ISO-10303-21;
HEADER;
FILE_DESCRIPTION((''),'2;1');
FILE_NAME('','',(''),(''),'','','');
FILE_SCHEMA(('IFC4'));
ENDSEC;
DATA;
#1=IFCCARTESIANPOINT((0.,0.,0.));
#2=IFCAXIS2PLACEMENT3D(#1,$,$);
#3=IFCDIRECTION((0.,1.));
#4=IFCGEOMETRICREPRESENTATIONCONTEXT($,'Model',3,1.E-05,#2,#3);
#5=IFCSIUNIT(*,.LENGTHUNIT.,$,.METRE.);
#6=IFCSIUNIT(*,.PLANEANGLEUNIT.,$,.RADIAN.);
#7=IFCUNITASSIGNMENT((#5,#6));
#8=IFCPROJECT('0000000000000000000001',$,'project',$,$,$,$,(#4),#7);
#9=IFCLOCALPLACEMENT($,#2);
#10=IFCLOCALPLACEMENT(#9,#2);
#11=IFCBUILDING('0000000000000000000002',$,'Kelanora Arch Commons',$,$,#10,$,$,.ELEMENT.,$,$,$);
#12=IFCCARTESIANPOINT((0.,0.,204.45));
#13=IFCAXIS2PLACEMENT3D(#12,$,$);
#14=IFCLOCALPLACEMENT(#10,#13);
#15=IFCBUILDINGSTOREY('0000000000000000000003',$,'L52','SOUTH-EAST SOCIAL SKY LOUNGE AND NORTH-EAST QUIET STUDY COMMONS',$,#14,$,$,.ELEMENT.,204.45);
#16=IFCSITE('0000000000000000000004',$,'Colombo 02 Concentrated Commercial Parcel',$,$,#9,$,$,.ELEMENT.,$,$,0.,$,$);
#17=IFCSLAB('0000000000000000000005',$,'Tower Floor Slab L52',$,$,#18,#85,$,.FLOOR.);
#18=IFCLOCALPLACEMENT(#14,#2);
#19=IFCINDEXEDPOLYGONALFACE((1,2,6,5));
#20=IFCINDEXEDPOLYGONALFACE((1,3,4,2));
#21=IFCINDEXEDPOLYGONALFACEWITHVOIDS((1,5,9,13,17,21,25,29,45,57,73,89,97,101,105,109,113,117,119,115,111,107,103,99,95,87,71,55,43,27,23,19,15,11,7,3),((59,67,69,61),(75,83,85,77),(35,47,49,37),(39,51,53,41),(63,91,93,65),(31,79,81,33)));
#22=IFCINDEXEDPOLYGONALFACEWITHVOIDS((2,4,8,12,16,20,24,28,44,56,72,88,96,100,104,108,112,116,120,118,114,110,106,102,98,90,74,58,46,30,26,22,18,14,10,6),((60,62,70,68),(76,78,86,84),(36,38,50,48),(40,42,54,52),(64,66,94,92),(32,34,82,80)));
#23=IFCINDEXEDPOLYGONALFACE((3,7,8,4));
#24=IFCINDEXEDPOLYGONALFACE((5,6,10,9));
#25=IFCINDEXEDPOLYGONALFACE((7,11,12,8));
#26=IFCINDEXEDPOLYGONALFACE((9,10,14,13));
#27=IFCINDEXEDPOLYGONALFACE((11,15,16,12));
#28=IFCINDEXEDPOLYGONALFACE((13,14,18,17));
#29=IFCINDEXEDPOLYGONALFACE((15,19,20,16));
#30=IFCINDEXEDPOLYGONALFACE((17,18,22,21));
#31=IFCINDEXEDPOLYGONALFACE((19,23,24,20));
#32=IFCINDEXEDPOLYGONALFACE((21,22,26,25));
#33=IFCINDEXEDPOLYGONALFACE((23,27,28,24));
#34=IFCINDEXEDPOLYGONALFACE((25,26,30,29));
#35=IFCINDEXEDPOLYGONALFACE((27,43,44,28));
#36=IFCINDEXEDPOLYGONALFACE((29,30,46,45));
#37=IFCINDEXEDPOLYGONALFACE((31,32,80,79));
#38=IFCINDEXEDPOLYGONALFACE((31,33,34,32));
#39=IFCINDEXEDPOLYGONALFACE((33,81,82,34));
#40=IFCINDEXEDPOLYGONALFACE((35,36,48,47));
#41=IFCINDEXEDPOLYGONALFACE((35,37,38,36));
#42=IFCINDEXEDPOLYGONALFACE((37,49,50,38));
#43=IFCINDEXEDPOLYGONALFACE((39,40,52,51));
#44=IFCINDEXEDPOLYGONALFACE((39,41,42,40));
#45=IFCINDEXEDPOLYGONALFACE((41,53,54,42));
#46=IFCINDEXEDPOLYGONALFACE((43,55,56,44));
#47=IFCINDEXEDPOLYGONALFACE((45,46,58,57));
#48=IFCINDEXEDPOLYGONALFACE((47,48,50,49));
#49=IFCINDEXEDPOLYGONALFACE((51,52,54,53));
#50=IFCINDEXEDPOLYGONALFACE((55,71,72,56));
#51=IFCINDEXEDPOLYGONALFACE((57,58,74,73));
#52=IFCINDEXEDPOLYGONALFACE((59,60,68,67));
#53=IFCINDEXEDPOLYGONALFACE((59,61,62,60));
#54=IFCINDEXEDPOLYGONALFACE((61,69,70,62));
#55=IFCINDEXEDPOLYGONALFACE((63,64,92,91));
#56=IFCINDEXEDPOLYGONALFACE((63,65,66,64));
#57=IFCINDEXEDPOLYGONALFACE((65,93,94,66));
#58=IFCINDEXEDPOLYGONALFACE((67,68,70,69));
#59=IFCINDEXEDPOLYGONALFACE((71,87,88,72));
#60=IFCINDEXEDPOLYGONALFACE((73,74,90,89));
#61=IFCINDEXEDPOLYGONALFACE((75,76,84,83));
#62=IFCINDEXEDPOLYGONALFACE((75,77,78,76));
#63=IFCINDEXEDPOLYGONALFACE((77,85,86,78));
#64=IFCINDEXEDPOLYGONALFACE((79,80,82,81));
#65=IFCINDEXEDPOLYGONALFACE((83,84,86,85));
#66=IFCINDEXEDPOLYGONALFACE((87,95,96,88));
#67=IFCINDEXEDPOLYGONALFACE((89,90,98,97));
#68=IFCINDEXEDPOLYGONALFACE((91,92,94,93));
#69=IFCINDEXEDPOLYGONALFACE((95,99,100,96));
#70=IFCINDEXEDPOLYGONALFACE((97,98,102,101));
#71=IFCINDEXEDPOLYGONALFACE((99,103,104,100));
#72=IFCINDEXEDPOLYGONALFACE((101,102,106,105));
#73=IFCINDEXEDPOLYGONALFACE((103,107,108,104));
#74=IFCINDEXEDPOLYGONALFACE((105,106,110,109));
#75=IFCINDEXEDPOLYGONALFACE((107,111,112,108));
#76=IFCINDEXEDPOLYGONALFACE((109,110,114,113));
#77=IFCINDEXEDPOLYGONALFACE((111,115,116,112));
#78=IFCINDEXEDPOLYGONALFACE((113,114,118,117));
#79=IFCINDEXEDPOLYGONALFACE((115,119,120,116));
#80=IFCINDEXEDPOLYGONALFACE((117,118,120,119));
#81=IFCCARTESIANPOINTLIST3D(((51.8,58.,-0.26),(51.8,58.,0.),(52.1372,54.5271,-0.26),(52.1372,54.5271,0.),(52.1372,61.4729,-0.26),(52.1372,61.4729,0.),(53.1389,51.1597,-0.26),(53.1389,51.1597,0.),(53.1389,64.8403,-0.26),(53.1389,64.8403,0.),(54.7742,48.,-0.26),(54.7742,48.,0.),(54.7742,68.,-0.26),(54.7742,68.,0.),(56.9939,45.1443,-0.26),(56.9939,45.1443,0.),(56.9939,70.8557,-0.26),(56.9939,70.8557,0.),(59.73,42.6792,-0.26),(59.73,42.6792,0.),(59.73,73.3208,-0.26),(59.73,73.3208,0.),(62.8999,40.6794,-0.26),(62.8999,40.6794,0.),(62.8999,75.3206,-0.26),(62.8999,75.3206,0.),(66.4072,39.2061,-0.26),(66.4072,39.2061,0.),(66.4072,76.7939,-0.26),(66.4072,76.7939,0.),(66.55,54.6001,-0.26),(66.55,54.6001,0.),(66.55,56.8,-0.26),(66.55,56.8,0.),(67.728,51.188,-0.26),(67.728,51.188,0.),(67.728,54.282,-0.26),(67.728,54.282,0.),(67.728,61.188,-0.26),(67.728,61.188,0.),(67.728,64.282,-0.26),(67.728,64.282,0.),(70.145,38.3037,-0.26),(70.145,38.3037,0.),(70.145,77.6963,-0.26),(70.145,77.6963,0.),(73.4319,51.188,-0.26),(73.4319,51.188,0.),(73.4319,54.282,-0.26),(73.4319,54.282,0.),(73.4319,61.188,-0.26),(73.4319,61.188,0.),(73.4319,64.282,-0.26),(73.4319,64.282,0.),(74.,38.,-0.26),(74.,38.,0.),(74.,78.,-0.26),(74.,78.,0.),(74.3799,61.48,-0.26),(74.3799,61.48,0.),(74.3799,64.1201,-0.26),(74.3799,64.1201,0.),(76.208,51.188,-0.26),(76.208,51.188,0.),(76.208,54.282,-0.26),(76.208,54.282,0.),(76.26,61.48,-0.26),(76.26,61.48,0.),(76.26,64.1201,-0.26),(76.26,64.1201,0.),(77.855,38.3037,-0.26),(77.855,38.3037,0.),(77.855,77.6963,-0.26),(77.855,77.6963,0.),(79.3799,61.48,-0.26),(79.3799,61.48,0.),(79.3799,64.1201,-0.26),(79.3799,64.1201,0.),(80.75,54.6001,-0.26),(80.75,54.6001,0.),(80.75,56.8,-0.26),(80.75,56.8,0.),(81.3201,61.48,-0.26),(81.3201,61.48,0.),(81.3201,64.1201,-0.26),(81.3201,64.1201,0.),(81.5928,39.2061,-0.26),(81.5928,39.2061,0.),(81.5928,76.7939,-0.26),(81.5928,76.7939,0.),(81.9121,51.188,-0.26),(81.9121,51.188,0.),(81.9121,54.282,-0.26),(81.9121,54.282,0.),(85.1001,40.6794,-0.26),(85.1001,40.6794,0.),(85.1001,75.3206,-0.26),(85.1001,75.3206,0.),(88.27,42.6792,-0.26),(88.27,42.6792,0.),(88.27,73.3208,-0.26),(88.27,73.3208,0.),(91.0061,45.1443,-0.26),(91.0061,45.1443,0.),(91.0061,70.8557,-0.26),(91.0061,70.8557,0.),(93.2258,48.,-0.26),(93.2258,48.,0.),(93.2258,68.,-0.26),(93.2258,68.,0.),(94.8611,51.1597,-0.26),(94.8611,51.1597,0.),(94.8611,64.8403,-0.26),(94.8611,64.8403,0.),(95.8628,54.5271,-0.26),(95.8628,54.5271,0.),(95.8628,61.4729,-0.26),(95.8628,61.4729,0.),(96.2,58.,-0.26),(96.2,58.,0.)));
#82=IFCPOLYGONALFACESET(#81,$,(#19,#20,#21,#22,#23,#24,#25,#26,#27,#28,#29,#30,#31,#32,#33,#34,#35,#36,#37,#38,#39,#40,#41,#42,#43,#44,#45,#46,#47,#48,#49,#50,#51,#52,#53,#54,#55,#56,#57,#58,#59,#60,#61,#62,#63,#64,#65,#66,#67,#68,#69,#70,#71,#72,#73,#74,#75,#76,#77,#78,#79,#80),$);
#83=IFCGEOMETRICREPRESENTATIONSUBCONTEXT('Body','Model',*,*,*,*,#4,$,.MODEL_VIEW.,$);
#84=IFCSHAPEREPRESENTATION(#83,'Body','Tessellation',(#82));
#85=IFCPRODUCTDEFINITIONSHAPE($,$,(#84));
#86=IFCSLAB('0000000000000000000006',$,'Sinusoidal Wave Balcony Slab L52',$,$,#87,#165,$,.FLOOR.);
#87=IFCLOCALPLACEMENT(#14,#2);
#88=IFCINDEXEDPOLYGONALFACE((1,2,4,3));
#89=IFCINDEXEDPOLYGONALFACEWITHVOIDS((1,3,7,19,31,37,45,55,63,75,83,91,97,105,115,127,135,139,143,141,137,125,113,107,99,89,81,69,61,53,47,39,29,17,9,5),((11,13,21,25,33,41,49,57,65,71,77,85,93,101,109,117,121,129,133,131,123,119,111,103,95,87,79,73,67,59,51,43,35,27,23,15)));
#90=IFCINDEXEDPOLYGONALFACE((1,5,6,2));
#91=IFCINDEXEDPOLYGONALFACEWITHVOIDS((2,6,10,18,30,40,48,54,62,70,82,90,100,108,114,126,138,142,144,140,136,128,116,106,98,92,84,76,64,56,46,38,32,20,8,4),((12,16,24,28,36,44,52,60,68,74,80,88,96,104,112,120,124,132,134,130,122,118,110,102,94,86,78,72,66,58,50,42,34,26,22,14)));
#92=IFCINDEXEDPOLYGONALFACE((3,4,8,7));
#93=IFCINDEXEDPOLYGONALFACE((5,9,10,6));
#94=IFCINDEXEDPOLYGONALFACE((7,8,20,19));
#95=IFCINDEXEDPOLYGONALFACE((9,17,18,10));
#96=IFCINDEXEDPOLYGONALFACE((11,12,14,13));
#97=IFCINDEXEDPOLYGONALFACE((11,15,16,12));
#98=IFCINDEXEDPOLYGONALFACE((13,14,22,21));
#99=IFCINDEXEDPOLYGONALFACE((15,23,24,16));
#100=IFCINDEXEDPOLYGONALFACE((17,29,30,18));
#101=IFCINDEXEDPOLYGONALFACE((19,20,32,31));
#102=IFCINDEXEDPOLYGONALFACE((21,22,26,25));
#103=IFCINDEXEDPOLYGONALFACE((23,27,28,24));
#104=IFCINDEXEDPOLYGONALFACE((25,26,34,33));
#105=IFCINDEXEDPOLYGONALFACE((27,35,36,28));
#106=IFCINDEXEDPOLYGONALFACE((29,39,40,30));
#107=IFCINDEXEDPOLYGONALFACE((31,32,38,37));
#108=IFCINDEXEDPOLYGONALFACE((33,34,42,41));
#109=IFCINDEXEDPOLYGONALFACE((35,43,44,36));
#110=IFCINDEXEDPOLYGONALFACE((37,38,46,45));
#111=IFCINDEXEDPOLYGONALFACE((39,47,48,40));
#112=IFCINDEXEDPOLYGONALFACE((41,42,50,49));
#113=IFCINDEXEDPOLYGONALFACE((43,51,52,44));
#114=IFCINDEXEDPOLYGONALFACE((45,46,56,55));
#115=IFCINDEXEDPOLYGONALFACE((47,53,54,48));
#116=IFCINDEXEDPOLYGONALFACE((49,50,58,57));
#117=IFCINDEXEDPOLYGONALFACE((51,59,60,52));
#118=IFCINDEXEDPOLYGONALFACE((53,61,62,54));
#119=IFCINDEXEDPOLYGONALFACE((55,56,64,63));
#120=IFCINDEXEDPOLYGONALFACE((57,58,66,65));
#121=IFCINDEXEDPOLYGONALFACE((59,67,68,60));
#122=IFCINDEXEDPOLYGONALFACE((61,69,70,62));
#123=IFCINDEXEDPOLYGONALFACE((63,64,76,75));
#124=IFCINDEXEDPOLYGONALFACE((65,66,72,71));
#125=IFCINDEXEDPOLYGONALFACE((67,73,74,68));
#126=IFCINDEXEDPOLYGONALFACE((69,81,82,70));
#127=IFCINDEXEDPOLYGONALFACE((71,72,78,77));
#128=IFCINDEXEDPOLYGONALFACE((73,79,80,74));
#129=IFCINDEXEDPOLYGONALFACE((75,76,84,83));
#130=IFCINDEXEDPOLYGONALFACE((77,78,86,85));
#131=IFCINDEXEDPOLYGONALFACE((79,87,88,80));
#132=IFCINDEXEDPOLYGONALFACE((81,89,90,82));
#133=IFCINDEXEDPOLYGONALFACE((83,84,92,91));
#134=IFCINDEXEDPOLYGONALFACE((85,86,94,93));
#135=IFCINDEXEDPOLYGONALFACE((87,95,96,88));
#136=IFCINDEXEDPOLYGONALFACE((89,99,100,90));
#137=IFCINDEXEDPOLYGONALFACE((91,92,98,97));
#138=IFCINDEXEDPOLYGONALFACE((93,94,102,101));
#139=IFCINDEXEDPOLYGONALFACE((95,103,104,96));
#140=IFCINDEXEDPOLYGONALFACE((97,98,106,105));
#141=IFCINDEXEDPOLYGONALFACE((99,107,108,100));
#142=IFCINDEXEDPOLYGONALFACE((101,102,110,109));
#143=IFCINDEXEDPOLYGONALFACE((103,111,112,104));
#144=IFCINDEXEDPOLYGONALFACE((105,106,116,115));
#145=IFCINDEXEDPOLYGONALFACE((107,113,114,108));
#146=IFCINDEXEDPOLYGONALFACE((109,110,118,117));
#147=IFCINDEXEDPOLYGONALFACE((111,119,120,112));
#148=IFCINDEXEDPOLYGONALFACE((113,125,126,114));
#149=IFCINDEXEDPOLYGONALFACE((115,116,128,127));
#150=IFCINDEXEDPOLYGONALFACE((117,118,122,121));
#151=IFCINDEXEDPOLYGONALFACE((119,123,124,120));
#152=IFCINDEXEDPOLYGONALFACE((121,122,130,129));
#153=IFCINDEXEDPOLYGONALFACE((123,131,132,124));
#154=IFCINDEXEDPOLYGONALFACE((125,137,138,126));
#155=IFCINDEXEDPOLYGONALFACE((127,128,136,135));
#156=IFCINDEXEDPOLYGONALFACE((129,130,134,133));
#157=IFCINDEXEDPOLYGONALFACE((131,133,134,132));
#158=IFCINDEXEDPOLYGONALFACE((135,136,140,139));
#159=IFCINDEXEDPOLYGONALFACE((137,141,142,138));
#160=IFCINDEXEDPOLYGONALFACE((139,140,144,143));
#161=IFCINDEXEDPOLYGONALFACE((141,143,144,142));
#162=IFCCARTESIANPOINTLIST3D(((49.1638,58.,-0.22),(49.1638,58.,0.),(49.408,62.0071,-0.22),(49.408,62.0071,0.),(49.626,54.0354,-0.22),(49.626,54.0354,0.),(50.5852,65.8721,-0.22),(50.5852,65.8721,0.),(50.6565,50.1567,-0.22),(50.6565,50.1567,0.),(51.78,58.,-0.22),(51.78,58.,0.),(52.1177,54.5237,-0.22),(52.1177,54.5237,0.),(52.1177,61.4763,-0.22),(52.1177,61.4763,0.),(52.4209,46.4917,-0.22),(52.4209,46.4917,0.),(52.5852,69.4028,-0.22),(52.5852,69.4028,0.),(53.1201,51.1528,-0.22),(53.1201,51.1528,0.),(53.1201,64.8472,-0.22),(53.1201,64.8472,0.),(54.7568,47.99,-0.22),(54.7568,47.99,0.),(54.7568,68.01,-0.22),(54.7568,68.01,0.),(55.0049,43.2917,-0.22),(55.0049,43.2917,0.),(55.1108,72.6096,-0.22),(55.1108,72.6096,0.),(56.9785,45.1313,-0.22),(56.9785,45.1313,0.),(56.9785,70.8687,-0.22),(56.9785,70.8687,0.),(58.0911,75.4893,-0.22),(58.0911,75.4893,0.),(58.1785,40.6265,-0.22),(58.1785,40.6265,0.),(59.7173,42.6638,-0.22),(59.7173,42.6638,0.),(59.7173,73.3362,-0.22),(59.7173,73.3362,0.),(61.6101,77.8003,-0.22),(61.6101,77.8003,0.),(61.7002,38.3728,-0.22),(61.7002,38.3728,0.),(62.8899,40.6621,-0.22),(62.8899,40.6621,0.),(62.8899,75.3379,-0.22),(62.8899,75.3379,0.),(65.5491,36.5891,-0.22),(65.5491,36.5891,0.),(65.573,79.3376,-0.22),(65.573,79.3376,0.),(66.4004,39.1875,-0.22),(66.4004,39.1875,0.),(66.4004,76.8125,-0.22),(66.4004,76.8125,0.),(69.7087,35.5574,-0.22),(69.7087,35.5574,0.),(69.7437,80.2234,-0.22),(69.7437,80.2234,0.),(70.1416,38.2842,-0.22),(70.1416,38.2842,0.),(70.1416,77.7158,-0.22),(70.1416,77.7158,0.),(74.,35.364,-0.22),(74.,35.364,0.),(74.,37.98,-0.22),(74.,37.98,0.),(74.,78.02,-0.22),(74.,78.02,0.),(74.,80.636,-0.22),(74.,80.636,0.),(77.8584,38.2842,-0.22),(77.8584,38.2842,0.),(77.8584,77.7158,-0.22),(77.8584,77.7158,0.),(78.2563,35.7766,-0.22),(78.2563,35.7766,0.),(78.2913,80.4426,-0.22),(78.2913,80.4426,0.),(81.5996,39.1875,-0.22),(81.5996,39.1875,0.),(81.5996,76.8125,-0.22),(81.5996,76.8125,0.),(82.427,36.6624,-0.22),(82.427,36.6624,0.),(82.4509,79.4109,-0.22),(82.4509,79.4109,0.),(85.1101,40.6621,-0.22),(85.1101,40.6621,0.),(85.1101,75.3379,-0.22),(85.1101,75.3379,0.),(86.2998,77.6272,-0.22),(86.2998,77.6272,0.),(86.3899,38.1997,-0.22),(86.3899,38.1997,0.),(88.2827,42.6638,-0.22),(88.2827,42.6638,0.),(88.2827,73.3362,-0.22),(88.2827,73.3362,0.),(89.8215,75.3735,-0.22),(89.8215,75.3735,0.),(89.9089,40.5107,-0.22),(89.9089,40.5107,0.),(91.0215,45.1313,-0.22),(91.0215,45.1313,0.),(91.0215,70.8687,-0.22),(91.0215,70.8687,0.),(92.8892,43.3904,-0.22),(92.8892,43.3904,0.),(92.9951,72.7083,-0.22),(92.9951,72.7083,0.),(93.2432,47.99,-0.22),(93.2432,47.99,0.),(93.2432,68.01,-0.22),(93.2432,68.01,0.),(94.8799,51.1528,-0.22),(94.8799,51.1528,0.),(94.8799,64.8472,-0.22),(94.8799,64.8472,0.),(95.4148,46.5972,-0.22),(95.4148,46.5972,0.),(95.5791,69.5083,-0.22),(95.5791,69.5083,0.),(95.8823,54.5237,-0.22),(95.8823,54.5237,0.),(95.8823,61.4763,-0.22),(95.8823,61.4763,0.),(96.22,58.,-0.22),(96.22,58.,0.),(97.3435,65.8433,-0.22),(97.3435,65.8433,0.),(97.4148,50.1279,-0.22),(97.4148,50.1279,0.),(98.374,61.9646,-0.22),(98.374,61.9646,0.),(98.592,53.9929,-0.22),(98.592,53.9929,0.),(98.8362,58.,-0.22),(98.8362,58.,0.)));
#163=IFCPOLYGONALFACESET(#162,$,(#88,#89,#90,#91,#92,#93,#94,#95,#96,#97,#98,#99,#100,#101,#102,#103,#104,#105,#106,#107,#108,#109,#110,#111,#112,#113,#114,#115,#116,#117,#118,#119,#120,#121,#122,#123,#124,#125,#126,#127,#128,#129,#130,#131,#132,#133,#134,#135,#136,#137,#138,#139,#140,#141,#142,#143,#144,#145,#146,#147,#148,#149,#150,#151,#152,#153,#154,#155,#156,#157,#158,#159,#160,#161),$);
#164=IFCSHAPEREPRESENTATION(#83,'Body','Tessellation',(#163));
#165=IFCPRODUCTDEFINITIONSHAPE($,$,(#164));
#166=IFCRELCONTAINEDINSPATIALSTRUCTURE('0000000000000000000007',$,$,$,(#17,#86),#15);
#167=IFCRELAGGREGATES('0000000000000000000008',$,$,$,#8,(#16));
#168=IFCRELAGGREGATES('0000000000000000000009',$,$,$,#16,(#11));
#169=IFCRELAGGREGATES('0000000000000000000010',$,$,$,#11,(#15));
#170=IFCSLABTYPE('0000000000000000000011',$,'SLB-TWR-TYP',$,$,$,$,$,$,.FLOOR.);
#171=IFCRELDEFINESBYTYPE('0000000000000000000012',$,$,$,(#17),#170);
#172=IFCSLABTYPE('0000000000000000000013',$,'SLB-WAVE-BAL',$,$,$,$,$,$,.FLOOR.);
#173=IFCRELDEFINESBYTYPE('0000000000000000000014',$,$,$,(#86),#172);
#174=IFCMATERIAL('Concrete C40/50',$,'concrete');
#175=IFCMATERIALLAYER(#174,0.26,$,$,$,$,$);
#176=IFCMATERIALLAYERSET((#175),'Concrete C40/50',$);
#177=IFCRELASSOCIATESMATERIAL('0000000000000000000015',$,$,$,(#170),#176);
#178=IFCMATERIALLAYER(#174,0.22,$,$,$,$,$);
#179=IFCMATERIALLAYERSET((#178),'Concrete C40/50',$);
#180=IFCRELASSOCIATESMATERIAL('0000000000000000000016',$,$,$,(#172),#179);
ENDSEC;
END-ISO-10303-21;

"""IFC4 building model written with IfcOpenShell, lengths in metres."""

from ifc_helpers import new_model, si_unit, direction, frame, origin, place, context, subcontext, project, spatial, polyline, outline, extrude, material, layer, layer_set, type_object, element, save


model = new_model("IFC4")

# Units and contexts
model_context = context("Model", 3, precision=1e-05, world=origin(), true_north=direction((0.0, 1.0)))
body_context = subcontext(model_context, "Body", "Model", "MODEL_VIEW")
ifc_project = project(units=[si_unit("LENGTHUNIT", "METRE"), si_unit("PLANEANGLEUNIT", "RADIAN")], contexts=[model_context])

# Site, building, storey
site_placement = place(None, origin())
site = spatial("IfcSite", under=ifc_project, at=site_placement, Name="Colombo 02 Concentrated Commercial Parcel", CompositionType="ELEMENT", RefElevation=0.0)
building_placement = place(site_placement, origin())
building = spatial("IfcBuilding", under=site, at=building_placement, Name="Kelanora Arch Commons", CompositionType="ELEMENT")
storey_placement = place(building_placement, frame((0.0, 0.0, 204.45)))
storey = spatial("IfcBuildingStorey", under=building, at=storey_placement, Name="L52", Description="SOUTH-EAST SOCIAL SKY LOUNGE AND NORTH-EAST QUIET STUDY COMMONS", CompositionType="ELEMENT", Elevation=204.45)

# Shared definitions
ifc_material_1 = material(Name="Concrete C40/50", Category="concrete")

# Slabs
ifc_layer_1 = layer(ifc_material_1, 0.26)
ifc_layer_set_1 = layer_set([ifc_layer_1], Name="Concrete C40/50")
slab_type_1 = type_object("IfcSlabType", Name="SLB-TWR-TYP", PredefinedType="FLOOR", material=ifc_layer_set_1)
slab_1_placement = place(storey_placement, frame((0.0, 0.0, -0.26)))
element("IfcSlab", 1, at=slab_1_placement, inside=storey, type_object=slab_type_1, Name="Tower Floor Slab L52", PredefinedType="FLOOR", context=body_context, shape_type="SweptSolid", body=[
    extrude(outline(polyline([(96.2, 58.0), (95.8628, 61.4729), (94.8611, 64.8403), (93.2258, 68.0), (91.0061, 70.8557), (88.27, 73.3208), (85.1001, 75.3206), (81.5928, 76.7939), (77.855, 77.6963), (74.0, 78.0), (70.145, 77.6963), (66.4072, 76.7939), (62.8999, 75.3206), (59.73, 73.3208), (56.9939, 70.8557), (54.7742, 68.0), (53.1389, 64.8403), (52.1372, 61.4729), (51.8, 58.0), (52.1372, 54.5271), (53.1389, 51.1597), (54.7742, 48.0), (56.9939, 45.1443), (59.73, 42.6792), (62.8999, 40.6794), (66.4072, 39.2061), (70.145, 38.3037), (74.0, 38.0), (77.855, 38.3037), (81.5928, 39.2061), (85.1001, 40.6794), (88.27, 42.6792), (91.0061, 45.1443), (93.2258, 48.0), (94.8611, 51.1597), (95.8628, 54.5271), (96.2, 58.0)]), holes=[polyline([(73.4319, 51.188), (67.728, 51.188), (67.728, 54.282), (73.4319, 54.282), (73.4319, 51.188)]), polyline([(76.208, 51.188), (76.208, 54.282), (81.9121, 54.282), (81.9121, 51.188), (76.208, 51.188)]), polyline([(66.55, 54.6001), (66.55, 56.8), (80.75, 56.8), (80.75, 54.6001), (66.55, 54.6001)]), polyline([(73.4319, 61.188), (67.728, 61.188), (67.728, 64.282), (73.4319, 64.282), (73.4319, 61.188)]), polyline([(74.3799, 61.48), (74.3799, 64.1201), (76.26, 64.1201), (76.26, 61.48), (74.3799, 61.48)]), polyline([(79.3799, 61.48), (79.3799, 64.1201), (81.3201, 64.1201), (81.3201, 61.48), (79.3799, 61.48)])]), origin(), (0.0, 0.0, 1.0), 0.26),
])
ifc_layer_2 = layer(ifc_material_1, 0.22)
ifc_layer_set_2 = layer_set([ifc_layer_2], Name="Concrete C40/50")
slab_type_2 = type_object("IfcSlabType", Name="SLB-WAVE-BAL", PredefinedType="FLOOR", material=ifc_layer_set_2)
slab_2_placement = place(storey_placement, frame((0.0, 0.0, -0.22)))
element("IfcSlab", 2, at=slab_2_placement, inside=storey, type_object=slab_type_2, Name="Sinusoidal Wave Balcony Slab L52", PredefinedType="FLOOR", context=body_context, shape_type="SweptSolid", body=[
    extrude(outline(polyline([(98.8362, 58.0), (98.374, 61.9646), (97.3435, 65.8433), (95.5791, 69.5083), (92.9951, 72.7083), (89.8215, 75.3735), (86.2998, 77.6272), (82.4509, 79.4109), (78.2913, 80.4426), (74.0, 80.636), (69.7437, 80.2234), (65.573, 79.3376), (61.6101, 77.8003), (58.0911, 75.4893), (55.1108, 72.6096), (52.5852, 69.4028), (50.5852, 65.8721), (49.408, 62.0071), (49.1638, 58.0), (49.626, 54.0354), (50.6565, 50.1567), (52.4209, 46.4917), (55.0049, 43.2917), (58.1785, 40.6265), (61.7002, 38.3728), (65.5491, 36.5891), (69.7087, 35.5574), (74.0, 35.364), (78.2563, 35.7766), (82.427, 36.6624), (86.3899, 38.1997), (89.9089, 40.5107), (92.8892, 43.3904), (95.4148, 46.5972), (97.4148, 50.1279), (98.592, 53.9929), (98.8362, 58.0)]), holes=[polyline([(95.8823, 54.5237), (94.8799, 51.1528), (93.2432, 47.99), (91.0215, 45.1313), (88.2827, 42.6638), (85.1101, 40.6621), (81.5996, 39.1875), (77.8584, 38.2842), (74.0, 37.98), (70.1416, 38.2842), (66.4004, 39.1875), (62.8899, 40.6621), (59.7173, 42.6638), (56.9785, 45.1313), (54.7568, 47.99), (53.1201, 51.1528), (52.1177, 54.5237), (51.78, 58.0), (52.1177, 61.4763), (53.1201, 64.8472), (54.7568, 68.01), (56.9785, 70.8687), (59.7173, 73.3362), (62.8899, 75.3379), (66.4004, 76.8125), (70.1416, 77.7158), (74.0, 78.02), (77.8584, 77.7158), (81.5996, 76.8125), (85.1101, 75.3379), (88.2827, 73.3362), (91.0215, 70.8687), (93.2432, 68.01), (94.8799, 64.8472), (95.8823, 61.4763), (96.22, 58.0), (95.8823, 54.5237)])]), origin(), (0.0, 0.0, 1.0), 0.22),
])

save(model, "model.ifc")
